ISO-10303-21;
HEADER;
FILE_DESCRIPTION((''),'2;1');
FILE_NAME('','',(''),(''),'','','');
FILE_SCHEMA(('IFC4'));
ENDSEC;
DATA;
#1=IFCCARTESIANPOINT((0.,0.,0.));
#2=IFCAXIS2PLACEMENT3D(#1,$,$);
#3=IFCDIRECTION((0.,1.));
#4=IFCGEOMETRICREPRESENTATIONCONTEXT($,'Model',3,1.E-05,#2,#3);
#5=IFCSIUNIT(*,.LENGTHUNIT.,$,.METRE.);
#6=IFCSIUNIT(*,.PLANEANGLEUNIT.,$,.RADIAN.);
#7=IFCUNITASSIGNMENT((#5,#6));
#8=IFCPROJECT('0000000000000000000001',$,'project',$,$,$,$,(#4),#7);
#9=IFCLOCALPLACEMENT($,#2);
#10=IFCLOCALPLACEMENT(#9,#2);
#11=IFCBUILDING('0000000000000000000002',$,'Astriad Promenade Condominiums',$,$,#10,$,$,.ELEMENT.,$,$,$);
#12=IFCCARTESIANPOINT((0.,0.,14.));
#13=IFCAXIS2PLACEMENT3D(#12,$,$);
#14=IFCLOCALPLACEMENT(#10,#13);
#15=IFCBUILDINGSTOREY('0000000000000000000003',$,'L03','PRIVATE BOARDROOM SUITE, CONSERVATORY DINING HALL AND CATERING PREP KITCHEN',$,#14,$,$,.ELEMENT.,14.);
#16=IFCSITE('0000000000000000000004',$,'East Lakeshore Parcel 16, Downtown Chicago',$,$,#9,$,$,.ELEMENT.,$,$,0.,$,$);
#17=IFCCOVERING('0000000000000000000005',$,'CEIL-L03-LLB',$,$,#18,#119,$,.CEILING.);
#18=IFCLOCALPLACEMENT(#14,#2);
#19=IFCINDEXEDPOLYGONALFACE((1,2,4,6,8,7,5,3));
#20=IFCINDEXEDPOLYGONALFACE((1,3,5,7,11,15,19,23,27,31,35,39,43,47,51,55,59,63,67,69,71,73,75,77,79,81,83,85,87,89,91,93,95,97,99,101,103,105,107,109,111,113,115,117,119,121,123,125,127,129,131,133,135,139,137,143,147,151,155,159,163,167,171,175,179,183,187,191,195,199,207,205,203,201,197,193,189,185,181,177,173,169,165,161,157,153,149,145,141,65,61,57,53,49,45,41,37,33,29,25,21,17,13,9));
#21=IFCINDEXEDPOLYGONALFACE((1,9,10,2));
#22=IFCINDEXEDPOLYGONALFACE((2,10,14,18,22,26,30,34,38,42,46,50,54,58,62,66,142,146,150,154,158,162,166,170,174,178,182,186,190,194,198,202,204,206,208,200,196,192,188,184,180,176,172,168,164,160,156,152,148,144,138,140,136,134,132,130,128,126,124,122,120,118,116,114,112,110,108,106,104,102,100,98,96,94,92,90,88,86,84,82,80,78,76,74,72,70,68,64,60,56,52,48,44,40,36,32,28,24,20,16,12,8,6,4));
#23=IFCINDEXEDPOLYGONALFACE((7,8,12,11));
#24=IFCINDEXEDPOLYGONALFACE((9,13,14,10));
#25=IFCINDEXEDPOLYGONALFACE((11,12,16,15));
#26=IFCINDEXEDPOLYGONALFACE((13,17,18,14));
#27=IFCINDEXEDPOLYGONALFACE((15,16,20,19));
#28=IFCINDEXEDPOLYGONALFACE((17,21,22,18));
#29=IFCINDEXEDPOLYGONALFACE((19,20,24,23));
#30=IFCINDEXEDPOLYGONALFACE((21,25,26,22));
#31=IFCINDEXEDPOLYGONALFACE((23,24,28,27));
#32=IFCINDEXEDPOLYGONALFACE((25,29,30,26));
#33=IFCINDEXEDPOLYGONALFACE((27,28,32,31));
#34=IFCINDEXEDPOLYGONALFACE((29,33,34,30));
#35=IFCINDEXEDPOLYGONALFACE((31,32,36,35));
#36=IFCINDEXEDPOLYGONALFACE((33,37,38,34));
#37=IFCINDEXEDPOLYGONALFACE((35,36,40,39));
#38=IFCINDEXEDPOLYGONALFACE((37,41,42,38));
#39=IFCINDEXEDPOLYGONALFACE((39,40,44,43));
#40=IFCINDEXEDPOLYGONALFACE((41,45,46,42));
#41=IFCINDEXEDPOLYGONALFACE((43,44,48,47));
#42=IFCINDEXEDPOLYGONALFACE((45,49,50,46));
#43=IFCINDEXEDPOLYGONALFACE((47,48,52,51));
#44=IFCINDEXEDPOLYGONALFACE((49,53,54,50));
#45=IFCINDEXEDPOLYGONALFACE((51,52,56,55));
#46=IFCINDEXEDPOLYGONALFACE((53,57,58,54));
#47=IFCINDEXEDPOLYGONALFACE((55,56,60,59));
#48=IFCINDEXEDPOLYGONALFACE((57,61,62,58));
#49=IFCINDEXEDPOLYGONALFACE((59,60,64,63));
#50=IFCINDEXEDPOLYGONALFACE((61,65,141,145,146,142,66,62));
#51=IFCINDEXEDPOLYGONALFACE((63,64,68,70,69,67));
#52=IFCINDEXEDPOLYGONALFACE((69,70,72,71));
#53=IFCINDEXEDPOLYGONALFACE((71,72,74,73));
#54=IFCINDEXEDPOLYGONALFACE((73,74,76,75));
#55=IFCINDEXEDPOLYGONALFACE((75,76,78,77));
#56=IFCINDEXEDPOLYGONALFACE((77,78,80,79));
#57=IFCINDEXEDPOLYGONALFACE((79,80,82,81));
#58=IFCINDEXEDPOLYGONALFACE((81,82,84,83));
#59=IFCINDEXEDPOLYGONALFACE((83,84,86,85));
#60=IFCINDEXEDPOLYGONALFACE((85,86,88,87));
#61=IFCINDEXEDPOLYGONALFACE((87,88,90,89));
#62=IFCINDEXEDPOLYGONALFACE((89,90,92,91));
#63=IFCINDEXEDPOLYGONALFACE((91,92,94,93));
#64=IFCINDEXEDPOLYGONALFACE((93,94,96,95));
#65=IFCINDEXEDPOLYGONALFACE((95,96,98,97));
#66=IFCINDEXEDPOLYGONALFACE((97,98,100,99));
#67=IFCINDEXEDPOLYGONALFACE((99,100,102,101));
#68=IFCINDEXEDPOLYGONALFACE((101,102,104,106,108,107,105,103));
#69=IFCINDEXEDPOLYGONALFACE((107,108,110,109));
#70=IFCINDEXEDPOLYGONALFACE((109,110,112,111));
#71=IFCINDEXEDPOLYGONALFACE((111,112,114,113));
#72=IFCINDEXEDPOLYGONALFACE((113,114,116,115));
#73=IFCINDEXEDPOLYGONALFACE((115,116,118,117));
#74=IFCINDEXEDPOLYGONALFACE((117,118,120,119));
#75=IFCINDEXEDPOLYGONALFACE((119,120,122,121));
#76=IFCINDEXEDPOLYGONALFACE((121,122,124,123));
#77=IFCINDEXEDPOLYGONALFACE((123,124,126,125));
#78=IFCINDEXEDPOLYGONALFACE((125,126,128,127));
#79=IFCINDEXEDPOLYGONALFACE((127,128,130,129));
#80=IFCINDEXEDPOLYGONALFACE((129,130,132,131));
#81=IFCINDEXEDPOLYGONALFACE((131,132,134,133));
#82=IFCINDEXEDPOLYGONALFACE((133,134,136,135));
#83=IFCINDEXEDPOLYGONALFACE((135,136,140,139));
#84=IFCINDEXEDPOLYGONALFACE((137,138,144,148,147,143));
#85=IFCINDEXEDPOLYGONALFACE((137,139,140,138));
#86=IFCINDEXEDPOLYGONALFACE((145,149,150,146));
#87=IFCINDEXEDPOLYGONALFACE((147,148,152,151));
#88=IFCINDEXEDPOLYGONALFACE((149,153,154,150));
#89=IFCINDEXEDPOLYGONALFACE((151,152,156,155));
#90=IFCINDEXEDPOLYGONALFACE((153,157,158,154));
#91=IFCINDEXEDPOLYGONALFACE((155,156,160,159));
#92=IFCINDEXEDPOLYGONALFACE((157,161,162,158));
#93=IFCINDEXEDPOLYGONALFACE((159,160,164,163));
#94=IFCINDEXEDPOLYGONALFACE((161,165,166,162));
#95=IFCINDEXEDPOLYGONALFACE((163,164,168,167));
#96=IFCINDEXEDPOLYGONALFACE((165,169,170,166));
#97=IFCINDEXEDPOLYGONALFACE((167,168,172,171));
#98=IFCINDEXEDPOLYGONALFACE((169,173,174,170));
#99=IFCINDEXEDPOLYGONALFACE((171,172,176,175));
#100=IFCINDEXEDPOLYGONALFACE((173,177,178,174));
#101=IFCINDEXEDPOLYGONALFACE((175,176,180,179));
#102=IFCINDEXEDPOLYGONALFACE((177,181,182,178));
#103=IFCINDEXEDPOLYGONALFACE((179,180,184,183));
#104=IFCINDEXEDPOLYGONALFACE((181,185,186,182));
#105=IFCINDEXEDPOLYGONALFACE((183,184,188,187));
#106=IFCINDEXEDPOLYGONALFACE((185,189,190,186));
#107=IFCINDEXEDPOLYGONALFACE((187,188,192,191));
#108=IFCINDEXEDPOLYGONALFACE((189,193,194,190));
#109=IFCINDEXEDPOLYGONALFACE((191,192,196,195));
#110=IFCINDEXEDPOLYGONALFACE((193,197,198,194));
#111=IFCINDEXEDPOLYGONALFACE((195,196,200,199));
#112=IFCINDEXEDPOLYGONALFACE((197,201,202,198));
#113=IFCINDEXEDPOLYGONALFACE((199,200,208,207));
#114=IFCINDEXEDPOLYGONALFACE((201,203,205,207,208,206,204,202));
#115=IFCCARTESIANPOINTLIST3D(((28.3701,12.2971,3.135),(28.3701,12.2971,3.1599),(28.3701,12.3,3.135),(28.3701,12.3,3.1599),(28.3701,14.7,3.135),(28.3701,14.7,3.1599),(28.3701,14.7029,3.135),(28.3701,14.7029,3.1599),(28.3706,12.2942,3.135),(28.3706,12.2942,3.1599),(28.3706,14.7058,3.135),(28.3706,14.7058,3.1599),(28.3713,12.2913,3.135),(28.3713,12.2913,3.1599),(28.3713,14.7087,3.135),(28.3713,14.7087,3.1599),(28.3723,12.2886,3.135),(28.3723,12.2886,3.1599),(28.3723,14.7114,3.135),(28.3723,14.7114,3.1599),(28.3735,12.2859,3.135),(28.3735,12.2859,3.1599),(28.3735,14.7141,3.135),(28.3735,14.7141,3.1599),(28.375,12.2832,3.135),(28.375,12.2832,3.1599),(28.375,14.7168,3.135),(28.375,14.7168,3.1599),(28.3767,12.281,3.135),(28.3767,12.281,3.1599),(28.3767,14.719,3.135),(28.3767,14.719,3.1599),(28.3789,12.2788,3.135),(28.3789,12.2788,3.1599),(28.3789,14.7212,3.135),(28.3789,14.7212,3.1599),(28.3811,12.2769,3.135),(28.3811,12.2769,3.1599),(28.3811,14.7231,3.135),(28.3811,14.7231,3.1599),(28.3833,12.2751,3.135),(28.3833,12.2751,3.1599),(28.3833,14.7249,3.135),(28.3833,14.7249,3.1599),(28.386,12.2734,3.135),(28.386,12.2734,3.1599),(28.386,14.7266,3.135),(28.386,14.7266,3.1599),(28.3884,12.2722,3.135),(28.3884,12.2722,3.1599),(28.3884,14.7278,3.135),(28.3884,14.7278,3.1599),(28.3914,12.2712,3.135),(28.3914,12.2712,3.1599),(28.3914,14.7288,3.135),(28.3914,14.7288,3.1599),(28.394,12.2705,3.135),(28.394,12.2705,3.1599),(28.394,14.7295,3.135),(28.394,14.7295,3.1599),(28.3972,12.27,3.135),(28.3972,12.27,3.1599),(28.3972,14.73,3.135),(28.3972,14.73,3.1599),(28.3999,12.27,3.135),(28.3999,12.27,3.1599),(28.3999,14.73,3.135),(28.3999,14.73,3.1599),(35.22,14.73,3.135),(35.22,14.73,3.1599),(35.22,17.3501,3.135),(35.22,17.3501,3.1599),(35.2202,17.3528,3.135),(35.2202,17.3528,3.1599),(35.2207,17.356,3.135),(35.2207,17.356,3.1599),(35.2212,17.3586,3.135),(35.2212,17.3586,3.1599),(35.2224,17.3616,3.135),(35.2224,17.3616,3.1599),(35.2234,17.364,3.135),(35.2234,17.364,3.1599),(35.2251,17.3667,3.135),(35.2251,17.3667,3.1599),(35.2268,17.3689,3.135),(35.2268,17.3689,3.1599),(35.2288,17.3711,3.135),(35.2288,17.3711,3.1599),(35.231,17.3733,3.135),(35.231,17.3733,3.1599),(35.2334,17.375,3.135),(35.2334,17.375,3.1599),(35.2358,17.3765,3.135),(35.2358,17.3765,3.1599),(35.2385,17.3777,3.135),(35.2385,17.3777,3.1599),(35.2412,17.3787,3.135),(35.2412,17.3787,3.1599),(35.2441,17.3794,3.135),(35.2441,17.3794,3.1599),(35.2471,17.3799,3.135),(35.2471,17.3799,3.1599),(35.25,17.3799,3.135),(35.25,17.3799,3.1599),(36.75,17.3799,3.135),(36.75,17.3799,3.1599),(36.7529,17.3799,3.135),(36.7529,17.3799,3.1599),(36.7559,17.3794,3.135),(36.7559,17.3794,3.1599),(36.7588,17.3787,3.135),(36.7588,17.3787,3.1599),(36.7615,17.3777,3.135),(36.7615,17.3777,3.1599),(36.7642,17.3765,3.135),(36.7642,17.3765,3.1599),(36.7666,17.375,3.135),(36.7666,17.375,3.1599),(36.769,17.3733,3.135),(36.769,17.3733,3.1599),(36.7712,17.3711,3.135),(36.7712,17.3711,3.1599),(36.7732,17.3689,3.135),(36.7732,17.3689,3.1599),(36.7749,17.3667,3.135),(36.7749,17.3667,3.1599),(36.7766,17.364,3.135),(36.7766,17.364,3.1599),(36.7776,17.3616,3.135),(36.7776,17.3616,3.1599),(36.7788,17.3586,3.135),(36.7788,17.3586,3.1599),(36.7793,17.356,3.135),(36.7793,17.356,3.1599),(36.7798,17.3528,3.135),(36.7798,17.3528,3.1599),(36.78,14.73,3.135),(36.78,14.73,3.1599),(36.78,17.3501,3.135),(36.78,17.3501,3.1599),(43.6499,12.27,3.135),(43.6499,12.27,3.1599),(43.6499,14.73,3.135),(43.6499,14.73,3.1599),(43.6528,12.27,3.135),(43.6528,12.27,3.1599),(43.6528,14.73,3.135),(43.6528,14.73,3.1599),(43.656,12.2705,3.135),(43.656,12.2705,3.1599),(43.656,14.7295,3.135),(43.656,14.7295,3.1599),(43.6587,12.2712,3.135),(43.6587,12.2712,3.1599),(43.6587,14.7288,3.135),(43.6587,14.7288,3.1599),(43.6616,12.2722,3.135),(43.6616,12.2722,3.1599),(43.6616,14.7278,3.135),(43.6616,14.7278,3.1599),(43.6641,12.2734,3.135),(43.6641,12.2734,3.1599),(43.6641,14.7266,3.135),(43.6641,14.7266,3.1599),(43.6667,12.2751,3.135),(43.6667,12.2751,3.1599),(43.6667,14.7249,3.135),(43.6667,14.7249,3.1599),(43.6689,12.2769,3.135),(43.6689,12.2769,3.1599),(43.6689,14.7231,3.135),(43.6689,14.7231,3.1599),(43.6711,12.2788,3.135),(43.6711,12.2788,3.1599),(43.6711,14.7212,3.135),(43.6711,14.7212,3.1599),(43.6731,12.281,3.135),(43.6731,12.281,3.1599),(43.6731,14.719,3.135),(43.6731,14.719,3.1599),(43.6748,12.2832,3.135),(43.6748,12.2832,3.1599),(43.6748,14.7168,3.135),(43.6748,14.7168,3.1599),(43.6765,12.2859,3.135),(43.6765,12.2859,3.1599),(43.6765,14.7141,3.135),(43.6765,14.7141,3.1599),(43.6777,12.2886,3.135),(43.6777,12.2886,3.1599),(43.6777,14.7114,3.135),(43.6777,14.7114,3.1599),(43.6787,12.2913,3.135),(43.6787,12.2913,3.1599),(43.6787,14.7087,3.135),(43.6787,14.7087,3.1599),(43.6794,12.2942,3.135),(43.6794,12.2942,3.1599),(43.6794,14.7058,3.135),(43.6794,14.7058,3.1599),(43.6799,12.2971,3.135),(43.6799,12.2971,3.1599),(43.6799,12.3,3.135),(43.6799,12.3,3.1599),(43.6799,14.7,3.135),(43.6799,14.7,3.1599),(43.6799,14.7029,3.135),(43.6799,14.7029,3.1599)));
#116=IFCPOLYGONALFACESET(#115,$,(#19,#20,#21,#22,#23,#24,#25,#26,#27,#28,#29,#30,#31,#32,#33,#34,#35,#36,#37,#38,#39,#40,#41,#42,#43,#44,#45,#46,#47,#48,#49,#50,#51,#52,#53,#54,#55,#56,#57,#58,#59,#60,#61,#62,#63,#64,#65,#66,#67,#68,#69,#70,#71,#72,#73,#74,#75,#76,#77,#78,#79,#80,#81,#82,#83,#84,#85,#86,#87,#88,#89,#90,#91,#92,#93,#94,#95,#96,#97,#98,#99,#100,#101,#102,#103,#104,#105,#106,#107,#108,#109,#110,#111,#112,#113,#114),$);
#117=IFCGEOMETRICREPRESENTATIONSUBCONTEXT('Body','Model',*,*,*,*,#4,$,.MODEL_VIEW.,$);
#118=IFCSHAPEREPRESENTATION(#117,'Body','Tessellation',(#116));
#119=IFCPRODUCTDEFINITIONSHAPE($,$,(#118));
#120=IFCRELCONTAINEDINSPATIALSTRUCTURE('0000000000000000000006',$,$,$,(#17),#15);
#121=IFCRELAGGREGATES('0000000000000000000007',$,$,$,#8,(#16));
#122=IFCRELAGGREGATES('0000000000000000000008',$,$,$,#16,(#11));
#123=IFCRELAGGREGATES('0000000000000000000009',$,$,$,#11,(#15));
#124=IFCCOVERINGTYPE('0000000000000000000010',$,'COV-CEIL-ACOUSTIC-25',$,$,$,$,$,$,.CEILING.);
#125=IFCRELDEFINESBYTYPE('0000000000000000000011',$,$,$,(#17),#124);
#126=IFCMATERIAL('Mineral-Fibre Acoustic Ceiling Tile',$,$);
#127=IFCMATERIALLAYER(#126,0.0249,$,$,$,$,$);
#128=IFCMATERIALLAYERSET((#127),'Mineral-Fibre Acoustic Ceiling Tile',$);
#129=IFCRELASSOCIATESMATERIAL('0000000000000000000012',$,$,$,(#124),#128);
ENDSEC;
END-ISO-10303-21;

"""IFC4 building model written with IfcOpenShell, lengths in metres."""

from ifc_helpers import new_model, si_unit, direction, frame, origin, place, context, subcontext, project, spatial, polyline, outline, extrude, material, layer, layer_set, type_object, element, save


model = new_model("IFC4")

# Units and contexts
model_context = context("Model", 3, precision=1e-05, world=origin(), true_north=direction((0.0, 1.0)))
body_context = subcontext(model_context, "Body", "Model", "MODEL_VIEW")
ifc_project = project(units=[si_unit("LENGTHUNIT", "METRE"), si_unit("PLANEANGLEUNIT", "RADIAN")], contexts=[model_context])

# Site, building, storey
site_placement = place(None, origin())
site = spatial("IfcSite", under=ifc_project, at=site_placement, Name="East Lakeshore Parcel 16, Downtown Chicago", CompositionType="ELEMENT", RefElevation=0.0)
building_placement = place(site_placement, origin())
building = spatial("IfcBuilding", under=site, at=building_placement, Name="Astriad Promenade Condominiums", CompositionType="ELEMENT")
storey_placement = place(building_placement, frame((0.0, 0.0, 14.0)))
storey = spatial("IfcBuildingStorey", under=building, at=storey_placement, Name="L03", Description="PRIVATE BOARDROOM SUITE, CONSERVATORY DINING HALL AND CATERING PREP KITCHEN", CompositionType="ELEMENT", Elevation=14.0)

# Covering
ifc_material_1 = material(Name="Mineral-Fibre Acoustic Ceiling Tile")
ifc_layer_1 = layer(ifc_material_1, 0.0249)
ifc_layer_set_1 = layer_set([ifc_layer_1], Name="Mineral-Fibre Acoustic Ceiling Tile")
covering_type_1 = type_object("IfcCoveringType", Name="COV-CEIL-ACOUSTIC-25", PredefinedType="CEILING", material=ifc_layer_set_1)
covering_1_placement = place(storey_placement, frame((0.0, 0.0, 3.135)))
element("IfcCovering", 1, at=covering_1_placement, inside=storey, type_object=covering_type_1, Name="CEIL-L03-LLB", PredefinedType="CEILING", context=body_context, shape_type="SweptSolid", body=[
    extrude(outline(polyline([(43.6799, 12.3), (43.6799, 12.2971), (43.6794, 12.2942), (43.6787, 12.2913), (43.6777, 12.2886), (43.6765, 12.2859), (43.6748, 12.2832), (43.6731, 12.281), (43.6711, 12.2788), (43.6689, 12.2769), (43.6667, 12.2751), (43.6641, 12.2734), (43.6616, 12.2722), (43.6587, 12.2712), (43.656, 12.2705), (43.6528, 12.27), (43.6499, 12.27), (28.3999, 12.27), (28.3972, 12.27), (28.394, 12.2705), (28.3914, 12.2712), (28.3884, 12.2722), (28.386, 12.2734), (28.3833, 12.2751), (28.3811, 12.2769), (28.3789, 12.2788), (28.3767, 12.281), (28.375, 12.2832), (28.3735, 12.2859), (28.3723, 12.2886), (28.3713, 12.2913), (28.3706, 12.2942), (28.3701, 12.2971), (28.3701, 12.3), (28.3701, 14.7), (28.3701, 14.7029), (28.3706, 14.7058), (28.3713, 14.7087), (28.3723, 14.7114), (28.3735, 14.7141), (28.375, 14.7168), (28.3767, 14.719), (28.3789, 14.7212), (28.3811, 14.7231), (28.3833, 14.7249), (28.386, 14.7266), (28.3884, 14.7278), (28.3914, 14.7288), (28.394, 14.7295), (28.3972, 14.73), (28.3999, 14.73), (35.22, 14.73), (35.22, 17.3501), (35.2202, 17.3528), (35.2207, 17.356), (35.2212, 17.3586), (35.2224, 17.3616), (35.2234, 17.364), (35.2251, 17.3667), (35.2268, 17.3689), (35.2288, 17.3711), (35.231, 17.3733), (35.2334, 17.375), (35.2358, 17.3765), (35.2385, 17.3777), (35.2412, 17.3787), (35.2441, 17.3794), (35.2471, 17.3799), (35.25, 17.3799), (36.75, 17.3799), (36.7529, 17.3799), (36.7559, 17.3794), (36.7588, 17.3787), (36.7615, 17.3777), (36.7642, 17.3765), (36.7666, 17.375), (36.769, 17.3733), (36.7712, 17.3711), (36.7732, 17.3689), (36.7749, 17.3667), (36.7766, 17.364), (36.7776, 17.3616), (36.7788, 17.3586), (36.7793, 17.356), (36.7798, 17.3528), (36.78, 17.3501), (36.78, 14.73), (43.6499, 14.73), (43.6528, 14.73), (43.656, 14.7295), (43.6587, 14.7288), (43.6616, 14.7278), (43.6641, 14.7266), (43.6667, 14.7249), (43.6689, 14.7231), (43.6711, 14.7212), (43.6731, 14.719), (43.6748, 14.7168), (43.6765, 14.7141), (43.6777, 14.7114), (43.6787, 14.7087), (43.6794, 14.7058), (43.6799, 14.7029), (43.6799, 14.7), (43.6799, 12.3)])), origin(), (0.0, 0.0, 1.0), 0.0249),
])

save(model, "model.ifc")
